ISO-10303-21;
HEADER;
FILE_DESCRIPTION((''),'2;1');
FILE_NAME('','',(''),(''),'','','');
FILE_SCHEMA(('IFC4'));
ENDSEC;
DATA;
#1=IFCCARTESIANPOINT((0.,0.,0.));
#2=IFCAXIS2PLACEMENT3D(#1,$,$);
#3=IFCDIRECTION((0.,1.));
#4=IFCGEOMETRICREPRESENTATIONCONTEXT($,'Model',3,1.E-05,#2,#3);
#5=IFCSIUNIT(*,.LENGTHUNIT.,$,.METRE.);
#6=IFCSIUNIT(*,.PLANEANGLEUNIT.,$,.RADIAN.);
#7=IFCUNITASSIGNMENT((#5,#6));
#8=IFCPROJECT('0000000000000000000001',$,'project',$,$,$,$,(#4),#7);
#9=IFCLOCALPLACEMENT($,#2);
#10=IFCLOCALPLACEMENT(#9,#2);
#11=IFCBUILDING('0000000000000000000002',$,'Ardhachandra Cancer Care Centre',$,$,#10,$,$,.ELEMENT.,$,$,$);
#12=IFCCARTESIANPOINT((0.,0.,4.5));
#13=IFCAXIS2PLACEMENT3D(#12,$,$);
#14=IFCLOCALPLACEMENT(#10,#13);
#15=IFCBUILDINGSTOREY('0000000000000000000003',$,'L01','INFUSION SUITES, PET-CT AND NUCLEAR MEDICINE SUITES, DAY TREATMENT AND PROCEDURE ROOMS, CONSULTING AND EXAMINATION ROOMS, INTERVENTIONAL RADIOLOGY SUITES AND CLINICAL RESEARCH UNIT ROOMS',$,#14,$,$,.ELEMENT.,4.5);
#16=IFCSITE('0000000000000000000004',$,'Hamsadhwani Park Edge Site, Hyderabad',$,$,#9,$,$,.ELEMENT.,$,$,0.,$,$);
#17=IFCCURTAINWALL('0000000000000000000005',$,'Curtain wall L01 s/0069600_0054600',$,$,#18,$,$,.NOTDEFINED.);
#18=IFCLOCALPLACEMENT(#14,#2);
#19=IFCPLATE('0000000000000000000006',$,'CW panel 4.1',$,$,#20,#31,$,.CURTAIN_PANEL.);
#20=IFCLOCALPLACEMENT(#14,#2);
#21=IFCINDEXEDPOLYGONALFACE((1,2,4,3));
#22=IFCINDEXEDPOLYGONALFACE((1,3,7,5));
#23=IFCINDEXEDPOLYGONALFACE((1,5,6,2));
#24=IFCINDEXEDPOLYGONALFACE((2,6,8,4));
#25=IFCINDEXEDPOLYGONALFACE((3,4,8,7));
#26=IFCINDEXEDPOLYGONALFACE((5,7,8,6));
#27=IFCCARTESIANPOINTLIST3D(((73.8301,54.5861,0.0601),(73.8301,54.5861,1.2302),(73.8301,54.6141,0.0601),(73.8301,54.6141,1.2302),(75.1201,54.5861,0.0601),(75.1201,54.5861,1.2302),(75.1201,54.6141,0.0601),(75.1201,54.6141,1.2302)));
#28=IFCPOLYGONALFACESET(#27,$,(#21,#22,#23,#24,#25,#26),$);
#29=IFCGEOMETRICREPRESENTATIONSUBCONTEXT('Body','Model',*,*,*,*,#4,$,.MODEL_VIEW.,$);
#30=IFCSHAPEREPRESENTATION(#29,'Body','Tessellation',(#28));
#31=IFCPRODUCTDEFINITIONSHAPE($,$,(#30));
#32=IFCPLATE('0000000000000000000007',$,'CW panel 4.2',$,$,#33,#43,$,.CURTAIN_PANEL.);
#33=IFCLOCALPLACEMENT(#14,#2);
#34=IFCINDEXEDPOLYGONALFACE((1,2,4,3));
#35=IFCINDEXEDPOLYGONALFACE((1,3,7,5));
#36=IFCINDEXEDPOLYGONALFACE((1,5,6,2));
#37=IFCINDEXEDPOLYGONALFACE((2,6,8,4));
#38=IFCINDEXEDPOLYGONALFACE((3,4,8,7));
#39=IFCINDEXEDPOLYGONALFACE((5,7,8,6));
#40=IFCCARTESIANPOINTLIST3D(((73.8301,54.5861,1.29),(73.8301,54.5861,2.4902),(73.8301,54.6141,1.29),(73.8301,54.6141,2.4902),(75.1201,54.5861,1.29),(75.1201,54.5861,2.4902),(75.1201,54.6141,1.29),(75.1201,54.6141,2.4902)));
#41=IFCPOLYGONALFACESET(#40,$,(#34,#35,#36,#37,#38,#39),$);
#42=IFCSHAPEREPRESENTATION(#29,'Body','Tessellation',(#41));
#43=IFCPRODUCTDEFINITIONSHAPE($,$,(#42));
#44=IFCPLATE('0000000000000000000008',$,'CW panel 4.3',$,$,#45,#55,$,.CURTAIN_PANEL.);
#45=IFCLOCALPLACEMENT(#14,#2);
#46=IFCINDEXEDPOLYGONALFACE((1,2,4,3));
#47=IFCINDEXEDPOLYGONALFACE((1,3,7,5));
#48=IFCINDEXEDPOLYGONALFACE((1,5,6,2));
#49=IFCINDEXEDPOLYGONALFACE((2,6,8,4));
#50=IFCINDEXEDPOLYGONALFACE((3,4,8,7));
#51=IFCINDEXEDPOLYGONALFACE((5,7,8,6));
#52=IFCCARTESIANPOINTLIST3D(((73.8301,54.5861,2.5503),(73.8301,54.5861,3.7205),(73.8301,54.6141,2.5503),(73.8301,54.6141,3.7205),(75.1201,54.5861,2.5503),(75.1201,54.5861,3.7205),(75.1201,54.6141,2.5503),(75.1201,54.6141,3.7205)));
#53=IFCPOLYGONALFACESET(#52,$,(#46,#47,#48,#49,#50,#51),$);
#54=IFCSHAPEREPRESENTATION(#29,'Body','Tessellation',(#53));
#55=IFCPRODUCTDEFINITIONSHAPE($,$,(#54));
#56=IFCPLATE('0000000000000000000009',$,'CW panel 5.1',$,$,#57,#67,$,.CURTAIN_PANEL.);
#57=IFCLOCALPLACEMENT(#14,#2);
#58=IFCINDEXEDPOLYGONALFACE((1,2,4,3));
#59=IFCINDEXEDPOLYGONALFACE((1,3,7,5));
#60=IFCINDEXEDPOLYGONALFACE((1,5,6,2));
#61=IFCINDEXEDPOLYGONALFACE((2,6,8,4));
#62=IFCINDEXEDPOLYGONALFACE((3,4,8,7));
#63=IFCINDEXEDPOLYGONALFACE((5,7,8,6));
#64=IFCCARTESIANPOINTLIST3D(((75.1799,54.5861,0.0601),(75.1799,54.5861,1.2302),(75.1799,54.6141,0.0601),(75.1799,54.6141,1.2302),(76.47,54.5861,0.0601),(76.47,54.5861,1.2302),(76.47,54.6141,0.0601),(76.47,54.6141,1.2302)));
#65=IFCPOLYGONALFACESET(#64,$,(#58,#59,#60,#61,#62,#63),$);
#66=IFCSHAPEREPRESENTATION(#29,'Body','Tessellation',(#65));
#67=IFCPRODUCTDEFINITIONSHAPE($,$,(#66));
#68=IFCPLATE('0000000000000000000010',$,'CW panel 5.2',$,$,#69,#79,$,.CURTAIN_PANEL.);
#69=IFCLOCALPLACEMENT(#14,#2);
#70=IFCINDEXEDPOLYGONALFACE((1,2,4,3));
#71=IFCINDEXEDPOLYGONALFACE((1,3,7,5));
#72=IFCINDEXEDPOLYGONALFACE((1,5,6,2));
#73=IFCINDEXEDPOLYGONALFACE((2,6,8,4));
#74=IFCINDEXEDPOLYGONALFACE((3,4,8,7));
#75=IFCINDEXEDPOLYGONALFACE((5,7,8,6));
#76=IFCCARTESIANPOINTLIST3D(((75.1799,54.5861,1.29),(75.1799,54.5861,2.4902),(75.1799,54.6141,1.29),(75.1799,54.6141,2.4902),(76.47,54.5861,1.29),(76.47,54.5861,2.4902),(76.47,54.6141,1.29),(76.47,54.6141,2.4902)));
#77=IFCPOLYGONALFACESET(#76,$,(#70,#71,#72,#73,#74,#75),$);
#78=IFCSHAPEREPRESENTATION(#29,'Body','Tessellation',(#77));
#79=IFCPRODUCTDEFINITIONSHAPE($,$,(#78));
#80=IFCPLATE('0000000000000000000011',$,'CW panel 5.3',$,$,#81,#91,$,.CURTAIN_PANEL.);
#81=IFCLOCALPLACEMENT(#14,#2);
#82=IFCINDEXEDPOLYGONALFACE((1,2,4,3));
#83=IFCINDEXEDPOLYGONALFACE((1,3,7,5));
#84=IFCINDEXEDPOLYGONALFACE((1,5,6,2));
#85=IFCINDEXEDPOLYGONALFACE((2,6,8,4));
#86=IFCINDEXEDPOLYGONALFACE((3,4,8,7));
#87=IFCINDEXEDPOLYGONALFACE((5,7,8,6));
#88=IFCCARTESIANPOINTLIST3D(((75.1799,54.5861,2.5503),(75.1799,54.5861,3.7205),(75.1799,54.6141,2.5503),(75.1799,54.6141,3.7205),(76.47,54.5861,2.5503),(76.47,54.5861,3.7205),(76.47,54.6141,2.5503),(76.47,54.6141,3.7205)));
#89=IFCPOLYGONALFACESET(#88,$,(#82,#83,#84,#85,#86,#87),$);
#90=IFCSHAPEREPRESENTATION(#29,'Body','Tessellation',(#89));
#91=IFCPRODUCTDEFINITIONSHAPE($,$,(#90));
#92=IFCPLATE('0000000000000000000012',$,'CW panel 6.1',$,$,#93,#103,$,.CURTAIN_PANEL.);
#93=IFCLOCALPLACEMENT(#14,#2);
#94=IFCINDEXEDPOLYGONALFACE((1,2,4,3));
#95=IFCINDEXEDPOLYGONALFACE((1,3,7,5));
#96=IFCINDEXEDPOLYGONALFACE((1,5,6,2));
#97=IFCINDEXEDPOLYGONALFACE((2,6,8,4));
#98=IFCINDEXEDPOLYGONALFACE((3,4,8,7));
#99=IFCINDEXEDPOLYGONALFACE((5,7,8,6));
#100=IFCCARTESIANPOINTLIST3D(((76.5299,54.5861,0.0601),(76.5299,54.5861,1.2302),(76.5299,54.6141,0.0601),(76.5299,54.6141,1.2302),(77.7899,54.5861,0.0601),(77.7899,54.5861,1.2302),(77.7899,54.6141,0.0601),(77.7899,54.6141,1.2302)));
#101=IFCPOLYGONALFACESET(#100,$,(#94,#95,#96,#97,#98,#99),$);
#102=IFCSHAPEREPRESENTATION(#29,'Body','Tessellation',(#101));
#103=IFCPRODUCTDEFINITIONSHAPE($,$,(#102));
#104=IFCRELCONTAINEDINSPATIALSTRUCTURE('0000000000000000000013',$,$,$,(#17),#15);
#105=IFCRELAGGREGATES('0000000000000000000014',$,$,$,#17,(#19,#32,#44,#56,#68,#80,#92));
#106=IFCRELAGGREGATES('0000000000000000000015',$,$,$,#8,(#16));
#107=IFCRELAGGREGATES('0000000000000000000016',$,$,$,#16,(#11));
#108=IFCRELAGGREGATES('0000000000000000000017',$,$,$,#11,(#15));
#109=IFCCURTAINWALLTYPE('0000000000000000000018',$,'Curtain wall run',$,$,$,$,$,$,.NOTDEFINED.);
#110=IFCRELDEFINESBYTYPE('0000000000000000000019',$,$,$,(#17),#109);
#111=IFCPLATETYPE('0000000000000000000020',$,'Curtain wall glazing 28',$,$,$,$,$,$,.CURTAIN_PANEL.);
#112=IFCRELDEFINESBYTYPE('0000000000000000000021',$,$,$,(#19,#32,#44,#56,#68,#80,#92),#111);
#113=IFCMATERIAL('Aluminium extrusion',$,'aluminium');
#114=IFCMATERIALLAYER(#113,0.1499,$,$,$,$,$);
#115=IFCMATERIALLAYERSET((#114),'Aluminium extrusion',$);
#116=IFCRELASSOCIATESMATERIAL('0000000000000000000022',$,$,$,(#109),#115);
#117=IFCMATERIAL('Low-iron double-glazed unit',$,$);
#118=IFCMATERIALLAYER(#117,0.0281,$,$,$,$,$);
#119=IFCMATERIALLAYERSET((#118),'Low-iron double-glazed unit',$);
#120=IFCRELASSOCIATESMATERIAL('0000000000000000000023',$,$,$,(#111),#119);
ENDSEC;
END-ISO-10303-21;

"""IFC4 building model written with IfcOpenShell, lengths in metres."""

from ifc_helpers import new_model, si_unit, direction, frame, origin, origin_2d, place, context, subcontext, project, spatial, rectangle, extrude, material, layer, layer_set, type_object, element, aggregate, save


model = new_model("IFC4")

# Units and contexts
model_context = context("Model", 3, precision=1e-05, world=origin(), true_north=direction((0.0, 1.0)))
body_context = subcontext(model_context, "Body", "Model", "MODEL_VIEW")
ifc_project = project(units=[si_unit("LENGTHUNIT", "METRE"), si_unit("PLANEANGLEUNIT", "RADIAN")], contexts=[model_context])

# Site, building, storey
site_placement = place(None, origin())
site = spatial("IfcSite", under=ifc_project, at=site_placement, Name="Hamsadhwani Park Edge Site, Hyderabad", CompositionType="ELEMENT", RefElevation=0.0)
building_placement = place(site_placement, origin())
building = spatial("IfcBuilding", under=site, at=building_placement, Name="Ardhachandra Cancer Care Centre", CompositionType="ELEMENT")
storey_placement = place(building_placement, frame((0.0, 0.0, 4.5)))
storey = spatial("IfcBuildingStorey", under=building, at=storey_placement, Name="L01", Description="INFUSION SUITES, PET-CT AND NUCLEAR MEDICINE SUITES, DAY TREATMENT AND PROCEDURE ROOMS, CONSULTING AND EXAMINATION ROOMS, INTERVENTIONAL RADIOLOGY SUITES AND CLINICAL RESEARCH UNIT ROOMS", CompositionType="ELEMENT", Elevation=4.5)

# Curtain wall, plates
ifc_material_1 = material(Name="Aluminium extrusion", Category="aluminium")
ifc_layer_1 = layer(ifc_material_1, 0.1499)
ifc_layer_set_1 = layer_set([ifc_layer_1], Name="Aluminium extrusion")
curtain_wall_type = type_object("IfcCurtainWallType", Name="Curtain wall run", PredefinedType="NOTDEFINED", material=ifc_layer_set_1)
curtain_wall_placement = place(storey_placement, origin())
curtain_wall = element("IfcCurtainWall", 1, at=curtain_wall_placement, inside=storey, type_object=curtain_wall_type, Name="Curtain wall L01 s/0069600_0054600", PredefinedType="NOTDEFINED")
ifc_material_2 = material(Name="Low-iron double-glazed unit")
ifc_layer_2 = layer(ifc_material_2, 0.0281)
ifc_layer_set_2 = layer_set([ifc_layer_2], Name="Low-iron double-glazed unit")
plate_type = type_object("IfcPlateType", Name="Curtain wall glazing 28", PredefinedType="CURTAIN_PANEL", material=ifc_layer_set_2)
plate_1_placement = place(storey_placement, frame((74.4751, 54.6001, 0.0601), z_axis=(0.0, 0.0, 1.0), x_axis=(1.0, 0.0, 0.0)))
plate_1 = element("IfcPlate", 2, at=plate_1_placement, type_object=plate_type, Name="CW panel 4.1", PredefinedType="CURTAIN_PANEL", context=body_context, shape_type="SweptSolid", body=[
    extrude(rectangle(XDim=1.29, YDim=0.0281, at=origin_2d()), origin(), (0.0, 0.0, 1.0), 1.1702),
])
plate_2_placement = place(storey_placement, frame((74.4751, 54.6001, 1.29), z_axis=(0.0, 0.0, 1.0), x_axis=(1.0, 0.0, 0.0)))
plate_2 = element("IfcPlate", 3, at=plate_2_placement, type_object=plate_type, Name="CW panel 4.2", PredefinedType="CURTAIN_PANEL", context=body_context, shape_type="SweptSolid", body=[
    extrude(rectangle(XDim=1.29, YDim=0.0281, at=origin_2d()), origin(), (0.0, 0.0, 1.0), 1.2002),
])
plate_3_placement = place(storey_placement, frame((74.4751, 54.6001, 2.5503), z_axis=(0.0, 0.0, 1.0), x_axis=(1.0, 0.0, 0.0)))
plate_3 = element("IfcPlate", 4, at=plate_3_placement, type_object=plate_type, Name="CW panel 4.3", PredefinedType="CURTAIN_PANEL", context=body_context, shape_type="SweptSolid", body=[
    extrude(rectangle(XDim=1.29, YDim=0.0281, at=origin_2d()), origin(), (0.0, 0.0, 1.0), 1.1702),
])
plate_4_placement = place(storey_placement, frame((75.825, 54.6001, 0.0601), z_axis=(0.0, 0.0, 1.0), x_axis=(1.0, 0.0, 0.0)))
plate_4 = element("IfcPlate", 5, at=plate_4_placement, type_object=plate_type, Name="CW panel 5.1", PredefinedType="CURTAIN_PANEL", context=body_context, shape_type="SweptSolid", body=[
    extrude(rectangle(XDim=1.29, YDim=0.0281, at=origin_2d()), origin(), (0.0, 0.0, 1.0), 1.1702),
])
plate_5_placement = place(storey_placement, frame((75.825, 54.6001, 1.29), z_axis=(0.0, 0.0, 1.0), x_axis=(1.0, 0.0, 0.0)))
plate_5 = element("IfcPlate", 6, at=plate_5_placement, type_object=plate_type, Name="CW panel 5.2", PredefinedType="CURTAIN_PANEL", context=body_context, shape_type="SweptSolid", body=[
    extrude(rectangle(XDim=1.29, YDim=0.0281, at=origin_2d()), origin(), (0.0, 0.0, 1.0), 1.2002),
])
plate_6_placement = place(storey_placement, frame((75.825, 54.6001, 2.5503), z_axis=(0.0, 0.0, 1.0), x_axis=(1.0, 0.0, 0.0)))
plate_6 = element("IfcPlate", 7, at=plate_6_placement, type_object=plate_type, Name="CW panel 5.3", PredefinedType="CURTAIN_PANEL", context=body_context, shape_type="SweptSolid", body=[
    extrude(rectangle(XDim=1.29, YDim=0.0281, at=origin_2d()), origin(), (0.0, 0.0, 1.0), 1.1702),
])
plate_7_placement = place(storey_placement, frame((77.1599, 54.6001, 0.0601), z_axis=(0.0, 0.0, 1.0), x_axis=(1.0, 0.0, 0.0)))
plate_7 = element("IfcPlate", 8, at=plate_7_placement, type_object=plate_type, Name="CW panel 6.1", PredefinedType="CURTAIN_PANEL", context=body_context, shape_type="SweptSolid", body=[
    extrude(rectangle(XDim=1.26, YDim=0.0281, at=origin_2d()), origin(), (0.0, 0.0, 1.0), 1.1702),
])
aggregate(curtain_wall, [plate_1, plate_2, plate_3, plate_4, plate_5, plate_6, plate_7])

save(model, "model.ifc")
